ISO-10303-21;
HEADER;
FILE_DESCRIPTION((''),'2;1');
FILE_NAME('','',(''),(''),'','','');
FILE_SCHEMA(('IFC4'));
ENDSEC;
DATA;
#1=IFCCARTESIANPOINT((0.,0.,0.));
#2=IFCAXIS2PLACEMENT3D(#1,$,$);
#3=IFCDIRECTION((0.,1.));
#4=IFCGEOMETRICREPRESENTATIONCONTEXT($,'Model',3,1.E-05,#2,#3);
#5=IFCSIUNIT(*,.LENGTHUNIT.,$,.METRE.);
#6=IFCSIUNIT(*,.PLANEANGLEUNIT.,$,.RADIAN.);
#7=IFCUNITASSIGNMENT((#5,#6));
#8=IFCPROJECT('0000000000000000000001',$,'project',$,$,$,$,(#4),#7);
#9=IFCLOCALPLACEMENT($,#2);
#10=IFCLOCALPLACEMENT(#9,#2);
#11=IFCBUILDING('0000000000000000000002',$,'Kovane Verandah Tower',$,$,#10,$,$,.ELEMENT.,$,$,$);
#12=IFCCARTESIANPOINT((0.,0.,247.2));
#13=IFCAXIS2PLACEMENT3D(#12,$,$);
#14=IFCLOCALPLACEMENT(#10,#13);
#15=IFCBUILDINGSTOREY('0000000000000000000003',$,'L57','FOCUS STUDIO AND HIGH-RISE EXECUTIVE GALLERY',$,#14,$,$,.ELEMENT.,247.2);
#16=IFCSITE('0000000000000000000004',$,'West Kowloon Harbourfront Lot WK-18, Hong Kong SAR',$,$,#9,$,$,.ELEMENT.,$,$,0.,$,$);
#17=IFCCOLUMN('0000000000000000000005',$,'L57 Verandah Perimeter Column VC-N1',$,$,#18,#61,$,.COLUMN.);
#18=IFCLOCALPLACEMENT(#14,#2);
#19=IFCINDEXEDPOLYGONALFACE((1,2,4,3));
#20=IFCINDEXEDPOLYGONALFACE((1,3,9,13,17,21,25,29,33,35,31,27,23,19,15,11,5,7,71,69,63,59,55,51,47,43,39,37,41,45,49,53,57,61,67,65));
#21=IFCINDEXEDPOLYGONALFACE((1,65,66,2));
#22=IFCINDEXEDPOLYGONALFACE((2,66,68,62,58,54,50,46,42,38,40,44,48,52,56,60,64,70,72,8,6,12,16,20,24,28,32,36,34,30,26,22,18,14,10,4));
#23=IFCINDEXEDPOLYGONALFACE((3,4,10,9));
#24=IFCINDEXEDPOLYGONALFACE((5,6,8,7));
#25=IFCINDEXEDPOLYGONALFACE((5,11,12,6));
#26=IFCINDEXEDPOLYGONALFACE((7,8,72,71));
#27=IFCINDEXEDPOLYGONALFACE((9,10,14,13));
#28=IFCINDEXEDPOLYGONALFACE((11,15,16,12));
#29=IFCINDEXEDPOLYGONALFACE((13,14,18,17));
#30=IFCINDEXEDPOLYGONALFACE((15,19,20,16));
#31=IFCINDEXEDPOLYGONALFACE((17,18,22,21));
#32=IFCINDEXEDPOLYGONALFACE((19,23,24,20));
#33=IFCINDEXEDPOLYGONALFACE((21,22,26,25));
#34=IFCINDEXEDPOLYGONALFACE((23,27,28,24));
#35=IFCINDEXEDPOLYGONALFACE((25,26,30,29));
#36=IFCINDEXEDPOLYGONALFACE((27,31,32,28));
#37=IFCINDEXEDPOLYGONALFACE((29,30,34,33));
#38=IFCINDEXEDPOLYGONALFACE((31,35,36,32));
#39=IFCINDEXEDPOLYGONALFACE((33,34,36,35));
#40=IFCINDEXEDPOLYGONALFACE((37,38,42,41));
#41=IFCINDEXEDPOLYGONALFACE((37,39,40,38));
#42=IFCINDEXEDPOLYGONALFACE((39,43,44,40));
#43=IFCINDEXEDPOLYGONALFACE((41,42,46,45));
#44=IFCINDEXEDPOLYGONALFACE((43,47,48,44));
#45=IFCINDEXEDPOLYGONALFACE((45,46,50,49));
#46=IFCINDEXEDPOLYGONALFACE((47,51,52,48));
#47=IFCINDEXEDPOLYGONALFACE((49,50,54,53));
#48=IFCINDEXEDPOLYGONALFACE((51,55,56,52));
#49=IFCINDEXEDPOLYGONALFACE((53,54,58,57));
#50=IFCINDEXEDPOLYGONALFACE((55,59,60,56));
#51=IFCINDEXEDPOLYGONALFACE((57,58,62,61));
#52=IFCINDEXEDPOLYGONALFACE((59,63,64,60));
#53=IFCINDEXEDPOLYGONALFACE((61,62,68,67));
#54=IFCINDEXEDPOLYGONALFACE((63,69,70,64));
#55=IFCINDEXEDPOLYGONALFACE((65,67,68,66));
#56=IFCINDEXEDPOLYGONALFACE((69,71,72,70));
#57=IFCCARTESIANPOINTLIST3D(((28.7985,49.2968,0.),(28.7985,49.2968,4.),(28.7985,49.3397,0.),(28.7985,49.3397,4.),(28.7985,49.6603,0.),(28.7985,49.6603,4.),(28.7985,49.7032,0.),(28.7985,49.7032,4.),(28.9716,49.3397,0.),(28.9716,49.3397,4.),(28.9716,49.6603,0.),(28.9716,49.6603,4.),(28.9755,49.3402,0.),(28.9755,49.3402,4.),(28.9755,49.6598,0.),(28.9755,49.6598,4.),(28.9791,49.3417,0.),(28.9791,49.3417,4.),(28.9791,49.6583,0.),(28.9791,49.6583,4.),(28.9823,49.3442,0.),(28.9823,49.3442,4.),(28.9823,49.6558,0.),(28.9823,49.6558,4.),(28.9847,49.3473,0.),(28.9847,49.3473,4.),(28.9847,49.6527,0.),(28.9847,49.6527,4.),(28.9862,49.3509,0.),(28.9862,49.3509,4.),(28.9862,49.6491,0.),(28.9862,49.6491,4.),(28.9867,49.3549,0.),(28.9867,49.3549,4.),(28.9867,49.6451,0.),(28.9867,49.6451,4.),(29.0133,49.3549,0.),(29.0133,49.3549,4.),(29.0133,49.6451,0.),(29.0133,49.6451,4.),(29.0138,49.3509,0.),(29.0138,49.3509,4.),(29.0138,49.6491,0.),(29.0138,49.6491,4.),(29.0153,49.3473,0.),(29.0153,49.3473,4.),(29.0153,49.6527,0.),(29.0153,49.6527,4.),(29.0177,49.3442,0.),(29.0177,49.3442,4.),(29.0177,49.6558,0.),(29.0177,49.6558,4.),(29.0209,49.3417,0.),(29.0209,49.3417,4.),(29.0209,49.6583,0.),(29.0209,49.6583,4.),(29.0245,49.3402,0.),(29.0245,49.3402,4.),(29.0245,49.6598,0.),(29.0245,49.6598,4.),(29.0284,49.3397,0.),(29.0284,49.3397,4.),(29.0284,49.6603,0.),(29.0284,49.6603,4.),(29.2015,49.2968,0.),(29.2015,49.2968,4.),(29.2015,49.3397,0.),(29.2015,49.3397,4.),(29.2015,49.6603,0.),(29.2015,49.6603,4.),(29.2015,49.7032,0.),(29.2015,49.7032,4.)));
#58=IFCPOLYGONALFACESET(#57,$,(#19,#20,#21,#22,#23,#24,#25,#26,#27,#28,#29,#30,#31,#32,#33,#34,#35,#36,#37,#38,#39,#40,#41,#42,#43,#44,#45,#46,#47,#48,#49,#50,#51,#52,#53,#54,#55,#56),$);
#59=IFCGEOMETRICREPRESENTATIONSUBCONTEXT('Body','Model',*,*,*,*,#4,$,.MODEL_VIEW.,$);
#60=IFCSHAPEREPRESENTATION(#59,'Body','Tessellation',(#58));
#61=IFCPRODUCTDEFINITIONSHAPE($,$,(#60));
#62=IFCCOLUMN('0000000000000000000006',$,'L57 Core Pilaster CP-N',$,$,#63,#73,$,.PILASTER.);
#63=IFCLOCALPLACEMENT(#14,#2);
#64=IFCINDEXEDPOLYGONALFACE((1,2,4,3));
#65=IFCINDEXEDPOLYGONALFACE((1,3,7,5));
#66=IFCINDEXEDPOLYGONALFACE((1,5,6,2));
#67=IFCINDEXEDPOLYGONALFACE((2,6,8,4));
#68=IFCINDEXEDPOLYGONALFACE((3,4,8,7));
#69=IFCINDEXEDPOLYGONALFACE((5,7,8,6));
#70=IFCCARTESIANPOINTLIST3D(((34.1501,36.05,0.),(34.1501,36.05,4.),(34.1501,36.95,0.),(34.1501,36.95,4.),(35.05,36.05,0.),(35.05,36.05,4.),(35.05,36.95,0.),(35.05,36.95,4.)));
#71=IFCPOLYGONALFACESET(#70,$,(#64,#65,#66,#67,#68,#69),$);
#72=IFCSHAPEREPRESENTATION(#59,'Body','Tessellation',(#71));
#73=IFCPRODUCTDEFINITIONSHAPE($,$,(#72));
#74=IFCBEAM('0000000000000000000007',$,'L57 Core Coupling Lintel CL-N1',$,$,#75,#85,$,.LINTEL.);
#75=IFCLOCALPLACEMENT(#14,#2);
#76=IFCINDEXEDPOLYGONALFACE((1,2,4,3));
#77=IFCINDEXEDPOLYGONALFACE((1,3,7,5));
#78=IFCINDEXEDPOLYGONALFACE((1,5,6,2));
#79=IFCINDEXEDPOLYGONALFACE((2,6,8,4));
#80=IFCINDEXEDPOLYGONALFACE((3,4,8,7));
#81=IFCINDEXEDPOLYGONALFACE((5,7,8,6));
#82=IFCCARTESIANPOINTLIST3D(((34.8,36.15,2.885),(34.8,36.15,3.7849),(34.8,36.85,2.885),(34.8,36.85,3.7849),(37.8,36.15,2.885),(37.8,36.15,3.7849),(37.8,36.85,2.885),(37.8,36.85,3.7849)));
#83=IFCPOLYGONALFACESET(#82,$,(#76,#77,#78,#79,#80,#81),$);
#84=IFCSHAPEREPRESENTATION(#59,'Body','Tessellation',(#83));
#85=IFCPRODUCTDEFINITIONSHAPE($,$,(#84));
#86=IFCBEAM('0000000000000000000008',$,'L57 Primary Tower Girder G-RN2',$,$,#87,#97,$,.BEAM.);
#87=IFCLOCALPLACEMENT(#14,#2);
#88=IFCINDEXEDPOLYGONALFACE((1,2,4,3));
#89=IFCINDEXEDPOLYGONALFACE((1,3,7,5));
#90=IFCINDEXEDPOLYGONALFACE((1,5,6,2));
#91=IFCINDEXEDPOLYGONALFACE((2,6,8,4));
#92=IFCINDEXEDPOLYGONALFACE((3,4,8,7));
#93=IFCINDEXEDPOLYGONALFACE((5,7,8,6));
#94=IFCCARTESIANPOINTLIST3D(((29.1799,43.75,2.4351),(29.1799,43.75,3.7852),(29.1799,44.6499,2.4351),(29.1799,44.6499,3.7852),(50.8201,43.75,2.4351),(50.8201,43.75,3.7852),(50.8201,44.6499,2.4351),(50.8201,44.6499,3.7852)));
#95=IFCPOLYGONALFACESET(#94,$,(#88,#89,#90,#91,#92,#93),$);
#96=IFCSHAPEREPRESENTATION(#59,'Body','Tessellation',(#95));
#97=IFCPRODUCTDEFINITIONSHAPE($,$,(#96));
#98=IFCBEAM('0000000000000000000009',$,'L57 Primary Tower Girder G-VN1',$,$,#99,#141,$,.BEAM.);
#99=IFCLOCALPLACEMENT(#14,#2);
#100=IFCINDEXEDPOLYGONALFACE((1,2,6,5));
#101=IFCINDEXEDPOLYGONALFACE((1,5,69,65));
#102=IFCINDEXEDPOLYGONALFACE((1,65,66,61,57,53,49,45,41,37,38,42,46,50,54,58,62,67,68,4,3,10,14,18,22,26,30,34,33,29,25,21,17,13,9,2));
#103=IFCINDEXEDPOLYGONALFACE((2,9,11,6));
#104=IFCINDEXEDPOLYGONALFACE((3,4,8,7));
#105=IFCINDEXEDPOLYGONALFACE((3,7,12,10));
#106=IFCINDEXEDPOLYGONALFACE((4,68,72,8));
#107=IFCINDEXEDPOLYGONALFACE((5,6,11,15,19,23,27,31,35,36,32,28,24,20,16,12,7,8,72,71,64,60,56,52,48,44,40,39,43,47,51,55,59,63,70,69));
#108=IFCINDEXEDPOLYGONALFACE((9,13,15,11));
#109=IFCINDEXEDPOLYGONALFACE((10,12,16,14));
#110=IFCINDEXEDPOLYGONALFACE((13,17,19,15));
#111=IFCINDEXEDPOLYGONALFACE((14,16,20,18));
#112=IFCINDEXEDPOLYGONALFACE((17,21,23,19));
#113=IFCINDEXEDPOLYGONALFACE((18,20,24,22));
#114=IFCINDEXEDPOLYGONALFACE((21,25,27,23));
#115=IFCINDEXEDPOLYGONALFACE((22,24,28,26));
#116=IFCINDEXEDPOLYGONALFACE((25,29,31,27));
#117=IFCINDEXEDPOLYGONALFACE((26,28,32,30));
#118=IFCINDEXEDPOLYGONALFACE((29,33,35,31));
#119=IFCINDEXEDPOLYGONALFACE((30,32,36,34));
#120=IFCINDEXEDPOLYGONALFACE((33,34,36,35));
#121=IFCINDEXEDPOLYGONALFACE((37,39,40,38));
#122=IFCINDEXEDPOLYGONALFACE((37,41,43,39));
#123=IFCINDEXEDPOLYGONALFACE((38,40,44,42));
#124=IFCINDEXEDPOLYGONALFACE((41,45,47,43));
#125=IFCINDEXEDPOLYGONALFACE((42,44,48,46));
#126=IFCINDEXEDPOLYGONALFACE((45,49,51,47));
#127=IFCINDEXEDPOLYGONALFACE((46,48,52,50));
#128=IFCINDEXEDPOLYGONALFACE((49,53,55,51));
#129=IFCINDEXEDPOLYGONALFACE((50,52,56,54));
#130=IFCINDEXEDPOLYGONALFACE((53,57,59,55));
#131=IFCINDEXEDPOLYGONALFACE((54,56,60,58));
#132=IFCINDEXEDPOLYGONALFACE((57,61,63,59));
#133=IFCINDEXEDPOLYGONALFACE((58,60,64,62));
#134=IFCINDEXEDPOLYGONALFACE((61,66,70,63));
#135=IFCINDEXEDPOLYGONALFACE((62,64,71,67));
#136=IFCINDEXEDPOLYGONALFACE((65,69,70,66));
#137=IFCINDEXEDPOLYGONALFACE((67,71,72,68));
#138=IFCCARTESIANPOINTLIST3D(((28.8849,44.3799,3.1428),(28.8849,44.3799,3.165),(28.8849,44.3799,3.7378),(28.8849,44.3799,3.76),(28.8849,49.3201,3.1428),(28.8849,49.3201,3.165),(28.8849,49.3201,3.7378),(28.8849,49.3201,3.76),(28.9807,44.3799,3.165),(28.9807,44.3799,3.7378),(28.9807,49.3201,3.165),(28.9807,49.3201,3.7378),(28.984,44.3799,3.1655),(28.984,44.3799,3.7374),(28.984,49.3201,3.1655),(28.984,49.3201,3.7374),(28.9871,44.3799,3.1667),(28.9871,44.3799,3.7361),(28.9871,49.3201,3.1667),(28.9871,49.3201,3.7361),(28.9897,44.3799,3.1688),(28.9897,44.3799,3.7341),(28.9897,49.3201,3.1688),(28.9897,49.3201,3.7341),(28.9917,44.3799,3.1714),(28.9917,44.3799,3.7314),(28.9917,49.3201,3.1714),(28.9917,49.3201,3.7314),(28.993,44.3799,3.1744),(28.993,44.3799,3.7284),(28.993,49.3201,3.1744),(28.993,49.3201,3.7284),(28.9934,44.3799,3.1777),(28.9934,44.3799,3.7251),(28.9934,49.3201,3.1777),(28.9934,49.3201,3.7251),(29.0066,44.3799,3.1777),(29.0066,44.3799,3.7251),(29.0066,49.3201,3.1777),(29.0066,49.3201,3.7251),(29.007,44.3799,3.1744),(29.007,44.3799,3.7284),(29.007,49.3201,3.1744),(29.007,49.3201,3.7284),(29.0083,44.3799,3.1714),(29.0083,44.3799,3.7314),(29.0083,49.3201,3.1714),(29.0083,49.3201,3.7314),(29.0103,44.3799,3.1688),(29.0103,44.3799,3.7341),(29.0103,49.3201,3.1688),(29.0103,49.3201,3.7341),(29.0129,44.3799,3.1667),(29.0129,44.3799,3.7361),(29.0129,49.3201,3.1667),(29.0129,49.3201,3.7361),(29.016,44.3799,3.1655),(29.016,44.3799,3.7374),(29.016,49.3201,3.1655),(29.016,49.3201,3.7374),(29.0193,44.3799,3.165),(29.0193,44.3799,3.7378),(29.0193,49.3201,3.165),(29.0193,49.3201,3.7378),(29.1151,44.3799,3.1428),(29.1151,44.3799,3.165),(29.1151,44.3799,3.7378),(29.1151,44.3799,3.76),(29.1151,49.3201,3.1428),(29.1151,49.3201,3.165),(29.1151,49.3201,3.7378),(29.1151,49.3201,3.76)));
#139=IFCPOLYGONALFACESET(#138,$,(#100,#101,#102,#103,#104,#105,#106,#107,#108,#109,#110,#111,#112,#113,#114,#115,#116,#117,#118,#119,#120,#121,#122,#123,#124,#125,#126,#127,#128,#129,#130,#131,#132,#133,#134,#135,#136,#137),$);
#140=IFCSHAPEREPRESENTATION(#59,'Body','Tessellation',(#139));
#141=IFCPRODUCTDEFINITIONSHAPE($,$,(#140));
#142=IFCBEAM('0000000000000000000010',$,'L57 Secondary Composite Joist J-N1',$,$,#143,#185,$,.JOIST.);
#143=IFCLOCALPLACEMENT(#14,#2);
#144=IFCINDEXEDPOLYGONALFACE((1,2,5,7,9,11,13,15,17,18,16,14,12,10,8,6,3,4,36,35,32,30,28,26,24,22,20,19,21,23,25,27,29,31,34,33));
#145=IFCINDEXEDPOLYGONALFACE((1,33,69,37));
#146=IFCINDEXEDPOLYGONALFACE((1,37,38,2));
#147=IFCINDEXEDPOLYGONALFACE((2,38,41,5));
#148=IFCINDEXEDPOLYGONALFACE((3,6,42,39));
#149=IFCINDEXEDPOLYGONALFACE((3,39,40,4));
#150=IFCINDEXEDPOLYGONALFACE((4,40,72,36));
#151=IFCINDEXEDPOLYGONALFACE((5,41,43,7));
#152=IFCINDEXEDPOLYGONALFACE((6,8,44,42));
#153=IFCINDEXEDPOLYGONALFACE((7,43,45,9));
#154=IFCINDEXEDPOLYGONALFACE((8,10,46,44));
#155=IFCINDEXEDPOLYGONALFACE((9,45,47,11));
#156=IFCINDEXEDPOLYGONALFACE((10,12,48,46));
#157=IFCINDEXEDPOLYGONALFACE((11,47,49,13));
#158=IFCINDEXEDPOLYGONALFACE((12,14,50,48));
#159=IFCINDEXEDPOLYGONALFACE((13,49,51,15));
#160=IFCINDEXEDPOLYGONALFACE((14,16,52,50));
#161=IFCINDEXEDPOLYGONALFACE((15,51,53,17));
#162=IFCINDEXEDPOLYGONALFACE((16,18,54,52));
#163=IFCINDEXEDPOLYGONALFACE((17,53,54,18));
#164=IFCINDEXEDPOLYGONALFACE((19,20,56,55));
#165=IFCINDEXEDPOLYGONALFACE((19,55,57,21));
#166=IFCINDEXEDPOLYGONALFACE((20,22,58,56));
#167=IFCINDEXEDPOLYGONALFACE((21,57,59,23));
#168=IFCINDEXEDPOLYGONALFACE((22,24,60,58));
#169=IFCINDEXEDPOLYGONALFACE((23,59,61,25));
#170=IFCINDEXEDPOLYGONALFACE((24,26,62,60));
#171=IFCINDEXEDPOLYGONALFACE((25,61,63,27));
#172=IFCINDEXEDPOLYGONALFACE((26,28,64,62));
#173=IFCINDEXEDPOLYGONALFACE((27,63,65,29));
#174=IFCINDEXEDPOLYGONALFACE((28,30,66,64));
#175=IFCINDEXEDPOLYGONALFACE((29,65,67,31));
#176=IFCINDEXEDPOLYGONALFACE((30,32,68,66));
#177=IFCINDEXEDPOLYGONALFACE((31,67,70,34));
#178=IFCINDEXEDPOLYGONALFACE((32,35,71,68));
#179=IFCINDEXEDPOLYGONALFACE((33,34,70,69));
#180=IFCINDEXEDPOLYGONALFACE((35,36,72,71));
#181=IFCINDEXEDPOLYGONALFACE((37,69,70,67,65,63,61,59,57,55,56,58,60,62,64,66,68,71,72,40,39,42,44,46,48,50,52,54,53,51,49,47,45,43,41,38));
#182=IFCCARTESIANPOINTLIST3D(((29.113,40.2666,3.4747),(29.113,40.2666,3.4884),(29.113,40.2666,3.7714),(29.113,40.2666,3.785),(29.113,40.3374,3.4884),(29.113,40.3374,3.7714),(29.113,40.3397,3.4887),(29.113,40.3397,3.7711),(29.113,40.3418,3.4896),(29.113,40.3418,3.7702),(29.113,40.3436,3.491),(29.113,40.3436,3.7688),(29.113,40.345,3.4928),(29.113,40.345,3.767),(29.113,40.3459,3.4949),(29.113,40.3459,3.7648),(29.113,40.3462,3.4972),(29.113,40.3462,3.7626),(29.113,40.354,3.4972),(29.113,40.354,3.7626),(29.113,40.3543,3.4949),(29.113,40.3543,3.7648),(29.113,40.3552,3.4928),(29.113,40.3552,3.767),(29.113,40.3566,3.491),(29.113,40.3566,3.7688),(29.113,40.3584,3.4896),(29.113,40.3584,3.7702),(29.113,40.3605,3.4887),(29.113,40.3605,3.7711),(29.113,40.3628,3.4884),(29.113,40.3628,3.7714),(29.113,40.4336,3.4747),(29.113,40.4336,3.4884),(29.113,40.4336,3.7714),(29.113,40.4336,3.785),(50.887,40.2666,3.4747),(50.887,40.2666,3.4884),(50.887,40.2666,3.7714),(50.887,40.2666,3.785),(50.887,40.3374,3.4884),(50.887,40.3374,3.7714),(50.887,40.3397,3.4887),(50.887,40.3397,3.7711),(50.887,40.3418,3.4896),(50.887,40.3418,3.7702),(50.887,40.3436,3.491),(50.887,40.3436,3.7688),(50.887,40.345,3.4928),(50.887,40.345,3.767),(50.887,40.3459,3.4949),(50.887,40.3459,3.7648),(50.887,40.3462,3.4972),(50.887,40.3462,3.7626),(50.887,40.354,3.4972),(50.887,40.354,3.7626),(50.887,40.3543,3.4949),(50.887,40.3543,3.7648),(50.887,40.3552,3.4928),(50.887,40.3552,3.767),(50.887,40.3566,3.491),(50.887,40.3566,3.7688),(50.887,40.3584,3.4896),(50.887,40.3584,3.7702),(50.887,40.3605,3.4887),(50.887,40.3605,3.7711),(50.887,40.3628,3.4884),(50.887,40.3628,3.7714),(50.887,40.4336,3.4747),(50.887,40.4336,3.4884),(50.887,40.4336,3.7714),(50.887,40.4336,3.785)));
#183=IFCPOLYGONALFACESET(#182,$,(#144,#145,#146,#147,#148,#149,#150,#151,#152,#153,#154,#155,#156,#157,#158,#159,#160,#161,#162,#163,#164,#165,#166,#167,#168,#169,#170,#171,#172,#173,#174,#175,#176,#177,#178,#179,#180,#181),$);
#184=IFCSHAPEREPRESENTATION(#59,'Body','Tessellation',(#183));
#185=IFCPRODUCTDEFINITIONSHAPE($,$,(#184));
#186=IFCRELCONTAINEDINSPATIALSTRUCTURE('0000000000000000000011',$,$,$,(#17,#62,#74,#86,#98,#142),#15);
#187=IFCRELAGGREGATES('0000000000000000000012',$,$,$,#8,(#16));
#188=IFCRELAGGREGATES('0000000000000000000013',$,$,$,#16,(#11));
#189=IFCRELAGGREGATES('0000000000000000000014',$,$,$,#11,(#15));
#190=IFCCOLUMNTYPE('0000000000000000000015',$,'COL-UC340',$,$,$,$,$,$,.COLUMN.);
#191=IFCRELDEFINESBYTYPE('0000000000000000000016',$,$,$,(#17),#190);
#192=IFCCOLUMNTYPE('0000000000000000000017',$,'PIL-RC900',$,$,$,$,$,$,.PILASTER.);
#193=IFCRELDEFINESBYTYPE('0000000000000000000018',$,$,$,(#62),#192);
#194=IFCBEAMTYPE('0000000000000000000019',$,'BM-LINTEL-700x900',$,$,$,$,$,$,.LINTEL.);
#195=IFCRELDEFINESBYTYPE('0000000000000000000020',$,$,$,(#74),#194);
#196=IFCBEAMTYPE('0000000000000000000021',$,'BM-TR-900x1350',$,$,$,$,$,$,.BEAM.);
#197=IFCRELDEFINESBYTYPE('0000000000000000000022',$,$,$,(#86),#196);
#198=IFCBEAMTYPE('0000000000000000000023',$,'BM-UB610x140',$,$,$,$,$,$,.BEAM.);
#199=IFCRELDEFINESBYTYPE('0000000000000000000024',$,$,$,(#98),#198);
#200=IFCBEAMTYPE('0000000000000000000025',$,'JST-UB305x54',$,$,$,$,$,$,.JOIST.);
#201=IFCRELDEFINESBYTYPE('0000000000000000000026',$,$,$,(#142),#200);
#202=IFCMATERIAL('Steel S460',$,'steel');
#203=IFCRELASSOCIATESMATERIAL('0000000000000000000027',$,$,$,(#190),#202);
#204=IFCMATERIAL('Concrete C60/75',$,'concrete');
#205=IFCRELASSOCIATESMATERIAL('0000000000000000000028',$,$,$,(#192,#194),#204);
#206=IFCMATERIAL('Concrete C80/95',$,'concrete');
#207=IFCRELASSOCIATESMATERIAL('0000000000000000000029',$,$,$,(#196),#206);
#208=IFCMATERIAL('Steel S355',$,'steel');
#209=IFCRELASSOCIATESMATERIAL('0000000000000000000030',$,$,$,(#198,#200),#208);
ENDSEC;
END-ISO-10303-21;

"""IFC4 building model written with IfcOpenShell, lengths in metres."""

from ifc_helpers import new_model, si_unit, direction, frame, origin, origin_2d, place, context, subcontext, project, spatial, rectangle, i_section, extrude, material, material_profile, profile_set, type_object, element, save


model = new_model("IFC4")

# Units and contexts
model_context = context("Model", 3, precision=1e-05, world=origin(), true_north=direction((0.0, 1.0)))
body_context = subcontext(model_context, "Body", "Model", "MODEL_VIEW")
ifc_project = project(units=[si_unit("LENGTHUNIT", "METRE"), si_unit("PLANEANGLEUNIT", "RADIAN")], contexts=[model_context])

# Site, building, storey
site_placement = place(None, origin())
site = spatial("IfcSite", under=ifc_project, at=site_placement, Name="West Kowloon Harbourfront Lot WK-18, Hong Kong SAR", CompositionType="ELEMENT", RefElevation=0.0)
building_placement = place(site_placement, origin())
building = spatial("IfcBuilding", under=site, at=building_placement, Name="Kovane Verandah Tower", CompositionType="ELEMENT")
storey_placement = place(building_placement, frame((0.0, 0.0, 247.2)))
storey = spatial("IfcBuildingStorey", under=building, at=storey_placement, Name="L57", Description="FOCUS STUDIO AND HIGH-RISE EXECUTIVE GALLERY", CompositionType="ELEMENT", Elevation=247.2)

# Columns
ifc_material_1 = material(Name="Steel S460", Category="steel")
ifc_material_profile_1 = material_profile(ifc_material_1, i_section(OverallWidth=0.4031, OverallDepth=0.4065, WebThickness=0.0266, FlangeThickness=0.043, FilletRadius=0.0151, at=origin_2d()), Name="UC356x406x340")
ifc_profile_set_1 = profile_set([ifc_material_profile_1], Name="Steel S460")
column_type_1 = type_object("IfcColumnType", Name="COL-UC340", PredefinedType="COLUMN", material=ifc_profile_set_1)
column_1_placement = place(storey_placement, frame((29.0, 49.5, 0.0), z_axis=(0.0, 0.0, 1.0), x_axis=(1.0, 0.0, 0.0)))
element("IfcColumn", 1, at=column_1_placement, inside=storey, type_object=column_type_1, Name="L57 Verandah Perimeter Column VC-N1", PredefinedType="COLUMN", context=body_context, shape_type="SweptSolid", body=[
    extrude(i_section(OverallWidth=0.4031, OverallDepth=0.4065, WebThickness=0.0266, FlangeThickness=0.043, FilletRadius=0.0151, at=origin_2d()), origin(), (0.0, 0.0, 1.0), 4.0),
])
ifc_material_2 = material(Name="Concrete C60/75", Category="concrete")
ifc_material_profile_2 = material_profile(ifc_material_2, rectangle(XDim=0.8999, YDim=0.8999, at=origin_2d()), Name="RC900x900")
ifc_profile_set_2 = profile_set([ifc_material_profile_2], Name="Concrete C60/75")
column_type_2 = type_object("IfcColumnType", Name="PIL-RC900", PredefinedType="PILASTER", material=ifc_profile_set_2)
column_2_placement = place(storey_placement, frame((34.6001, 36.5, 0.0), z_axis=(0.0, 0.0, 1.0), x_axis=(1.0, 0.0, 0.0)))
element("IfcColumn", 2, at=column_2_placement, inside=storey, type_object=column_type_2, Name="L57 Core Pilaster CP-N", PredefinedType="PILASTER", context=body_context, shape_type="SweptSolid", body=[
    extrude(rectangle(XDim=0.8999, YDim=0.8999, at=origin_2d()), origin(), (0.0, 0.0, 1.0), 4.0),
])

# Beams
ifc_material_profile_3 = material_profile(ifc_material_2, rectangle(XDim=0.7, YDim=0.8999, at=origin_2d()), Name="RCB700x900")
ifc_profile_set_3 = profile_set([ifc_material_profile_3], Name="Concrete C60/75")
beam_type_1 = type_object("IfcBeamType", Name="BM-LINTEL-700x900", PredefinedType="LINTEL", material=ifc_profile_set_3)
beam_1_placement = place(storey_placement, frame((34.8, 36.5, 3.335), z_axis=(1.0, 0.0, 0.0), x_axis=(0.0, 1.0, 0.0)))
element("IfcBeam", 3, at=beam_1_placement, inside=storey, type_object=beam_type_1, Name="L57 Core Coupling Lintel CL-N1", PredefinedType="LINTEL", context=body_context, shape_type="SweptSolid", body=[
    extrude(rectangle(XDim=0.7, YDim=0.8999, at=origin_2d()), origin(), (0.0, 0.0, 1.0), 3.0),
])
ifc_material_3 = material(Name="Concrete C80/95", Category="concrete")
ifc_material_profile_4 = material_profile(ifc_material_3, rectangle(XDim=0.8999, YDim=1.3501, at=origin_2d()), Name="RCB900x1350")
ifc_profile_set_4 = profile_set([ifc_material_profile_4], Name="Concrete C80/95")
beam_type_2 = type_object("IfcBeamType", Name="BM-TR-900x1350", PredefinedType="BEAM", material=ifc_profile_set_4)
beam_2_placement = place(storey_placement, frame((29.1799, 44.2, 3.1101), z_axis=(1.0, 0.0, 0.0), x_axis=(0.0, 1.0, 0.0)))
element("IfcBeam", 4, at=beam_2_placement, inside=storey, type_object=beam_type_2, Name="L57 Primary Tower Girder G-RN2", PredefinedType="BEAM", context=body_context, shape_type="SweptSolid", body=[
    extrude(rectangle(XDim=0.8999, YDim=1.3501, at=origin_2d()), origin(), (0.0, 0.0, 1.0), 21.6401),
])
ifc_material_4 = material(Name="Steel S355", Category="steel")
ifc_material_profile_5 = material_profile(ifc_material_4, i_section(OverallWidth=0.2302, OverallDepth=0.6172, WebThickness=0.0132, FlangeThickness=0.0222, FilletRadius=0.0127, at=origin_2d()), Name="UB610x229x140")
ifc_profile_set_5 = profile_set([ifc_material_profile_5], Name="Steel S355")
beam_type_3 = type_object("IfcBeamType", Name="BM-UB610x140", PredefinedType="BEAM", material=ifc_profile_set_5)
beam_3_placement = place(storey_placement, frame((29.0, 44.3799, 3.4514), z_axis=(0.0, 1.0, 0.0), x_axis=(-1.0, 0.0, 0.0)))
element("IfcBeam", 5, at=beam_3_placement, inside=storey, type_object=beam_type_3, Name="L57 Primary Tower Girder G-VN1", PredefinedType="BEAM", context=body_context, shape_type="SweptSolid", body=[
    extrude(i_section(OverallWidth=0.2302, OverallDepth=0.6172, WebThickness=0.0132, FlangeThickness=0.0222, FilletRadius=0.0127, at=origin_2d()), origin(), (0.0, 0.0, 1.0), 4.9402),
])
ifc_material_profile_6 = material_profile(ifc_material_4, i_section(OverallWidth=0.167, OverallDepth=0.3103, WebThickness=0.0078, FlangeThickness=0.0137, FilletRadius=0.0088, at=origin_2d()), Name="UB305x165x54")
ifc_profile_set_6 = profile_set([ifc_material_profile_6], Name="Steel S355")
beam_type_4 = type_object("IfcBeamType", Name="JST-UB305x54", PredefinedType="JOIST", material=ifc_profile_set_6)
beam_4_placement = place(storey_placement, frame((29.113, 40.3501, 3.6299), z_axis=(1.0, 0.0, 0.0), x_axis=(0.0, 1.0, 0.0)))
element("IfcBeam", 6, at=beam_4_placement, inside=storey, type_object=beam_type_4, Name="L57 Secondary Composite Joist J-N1", PredefinedType="JOIST", context=body_context, shape_type="SweptSolid", body=[
    extrude(i_section(OverallWidth=0.167, OverallDepth=0.3103, WebThickness=0.0078, FlangeThickness=0.0137, FilletRadius=0.0088, at=origin_2d()), origin(), (0.0, 0.0, 1.0), 21.7739),
])

save(model, "model.ifc")
